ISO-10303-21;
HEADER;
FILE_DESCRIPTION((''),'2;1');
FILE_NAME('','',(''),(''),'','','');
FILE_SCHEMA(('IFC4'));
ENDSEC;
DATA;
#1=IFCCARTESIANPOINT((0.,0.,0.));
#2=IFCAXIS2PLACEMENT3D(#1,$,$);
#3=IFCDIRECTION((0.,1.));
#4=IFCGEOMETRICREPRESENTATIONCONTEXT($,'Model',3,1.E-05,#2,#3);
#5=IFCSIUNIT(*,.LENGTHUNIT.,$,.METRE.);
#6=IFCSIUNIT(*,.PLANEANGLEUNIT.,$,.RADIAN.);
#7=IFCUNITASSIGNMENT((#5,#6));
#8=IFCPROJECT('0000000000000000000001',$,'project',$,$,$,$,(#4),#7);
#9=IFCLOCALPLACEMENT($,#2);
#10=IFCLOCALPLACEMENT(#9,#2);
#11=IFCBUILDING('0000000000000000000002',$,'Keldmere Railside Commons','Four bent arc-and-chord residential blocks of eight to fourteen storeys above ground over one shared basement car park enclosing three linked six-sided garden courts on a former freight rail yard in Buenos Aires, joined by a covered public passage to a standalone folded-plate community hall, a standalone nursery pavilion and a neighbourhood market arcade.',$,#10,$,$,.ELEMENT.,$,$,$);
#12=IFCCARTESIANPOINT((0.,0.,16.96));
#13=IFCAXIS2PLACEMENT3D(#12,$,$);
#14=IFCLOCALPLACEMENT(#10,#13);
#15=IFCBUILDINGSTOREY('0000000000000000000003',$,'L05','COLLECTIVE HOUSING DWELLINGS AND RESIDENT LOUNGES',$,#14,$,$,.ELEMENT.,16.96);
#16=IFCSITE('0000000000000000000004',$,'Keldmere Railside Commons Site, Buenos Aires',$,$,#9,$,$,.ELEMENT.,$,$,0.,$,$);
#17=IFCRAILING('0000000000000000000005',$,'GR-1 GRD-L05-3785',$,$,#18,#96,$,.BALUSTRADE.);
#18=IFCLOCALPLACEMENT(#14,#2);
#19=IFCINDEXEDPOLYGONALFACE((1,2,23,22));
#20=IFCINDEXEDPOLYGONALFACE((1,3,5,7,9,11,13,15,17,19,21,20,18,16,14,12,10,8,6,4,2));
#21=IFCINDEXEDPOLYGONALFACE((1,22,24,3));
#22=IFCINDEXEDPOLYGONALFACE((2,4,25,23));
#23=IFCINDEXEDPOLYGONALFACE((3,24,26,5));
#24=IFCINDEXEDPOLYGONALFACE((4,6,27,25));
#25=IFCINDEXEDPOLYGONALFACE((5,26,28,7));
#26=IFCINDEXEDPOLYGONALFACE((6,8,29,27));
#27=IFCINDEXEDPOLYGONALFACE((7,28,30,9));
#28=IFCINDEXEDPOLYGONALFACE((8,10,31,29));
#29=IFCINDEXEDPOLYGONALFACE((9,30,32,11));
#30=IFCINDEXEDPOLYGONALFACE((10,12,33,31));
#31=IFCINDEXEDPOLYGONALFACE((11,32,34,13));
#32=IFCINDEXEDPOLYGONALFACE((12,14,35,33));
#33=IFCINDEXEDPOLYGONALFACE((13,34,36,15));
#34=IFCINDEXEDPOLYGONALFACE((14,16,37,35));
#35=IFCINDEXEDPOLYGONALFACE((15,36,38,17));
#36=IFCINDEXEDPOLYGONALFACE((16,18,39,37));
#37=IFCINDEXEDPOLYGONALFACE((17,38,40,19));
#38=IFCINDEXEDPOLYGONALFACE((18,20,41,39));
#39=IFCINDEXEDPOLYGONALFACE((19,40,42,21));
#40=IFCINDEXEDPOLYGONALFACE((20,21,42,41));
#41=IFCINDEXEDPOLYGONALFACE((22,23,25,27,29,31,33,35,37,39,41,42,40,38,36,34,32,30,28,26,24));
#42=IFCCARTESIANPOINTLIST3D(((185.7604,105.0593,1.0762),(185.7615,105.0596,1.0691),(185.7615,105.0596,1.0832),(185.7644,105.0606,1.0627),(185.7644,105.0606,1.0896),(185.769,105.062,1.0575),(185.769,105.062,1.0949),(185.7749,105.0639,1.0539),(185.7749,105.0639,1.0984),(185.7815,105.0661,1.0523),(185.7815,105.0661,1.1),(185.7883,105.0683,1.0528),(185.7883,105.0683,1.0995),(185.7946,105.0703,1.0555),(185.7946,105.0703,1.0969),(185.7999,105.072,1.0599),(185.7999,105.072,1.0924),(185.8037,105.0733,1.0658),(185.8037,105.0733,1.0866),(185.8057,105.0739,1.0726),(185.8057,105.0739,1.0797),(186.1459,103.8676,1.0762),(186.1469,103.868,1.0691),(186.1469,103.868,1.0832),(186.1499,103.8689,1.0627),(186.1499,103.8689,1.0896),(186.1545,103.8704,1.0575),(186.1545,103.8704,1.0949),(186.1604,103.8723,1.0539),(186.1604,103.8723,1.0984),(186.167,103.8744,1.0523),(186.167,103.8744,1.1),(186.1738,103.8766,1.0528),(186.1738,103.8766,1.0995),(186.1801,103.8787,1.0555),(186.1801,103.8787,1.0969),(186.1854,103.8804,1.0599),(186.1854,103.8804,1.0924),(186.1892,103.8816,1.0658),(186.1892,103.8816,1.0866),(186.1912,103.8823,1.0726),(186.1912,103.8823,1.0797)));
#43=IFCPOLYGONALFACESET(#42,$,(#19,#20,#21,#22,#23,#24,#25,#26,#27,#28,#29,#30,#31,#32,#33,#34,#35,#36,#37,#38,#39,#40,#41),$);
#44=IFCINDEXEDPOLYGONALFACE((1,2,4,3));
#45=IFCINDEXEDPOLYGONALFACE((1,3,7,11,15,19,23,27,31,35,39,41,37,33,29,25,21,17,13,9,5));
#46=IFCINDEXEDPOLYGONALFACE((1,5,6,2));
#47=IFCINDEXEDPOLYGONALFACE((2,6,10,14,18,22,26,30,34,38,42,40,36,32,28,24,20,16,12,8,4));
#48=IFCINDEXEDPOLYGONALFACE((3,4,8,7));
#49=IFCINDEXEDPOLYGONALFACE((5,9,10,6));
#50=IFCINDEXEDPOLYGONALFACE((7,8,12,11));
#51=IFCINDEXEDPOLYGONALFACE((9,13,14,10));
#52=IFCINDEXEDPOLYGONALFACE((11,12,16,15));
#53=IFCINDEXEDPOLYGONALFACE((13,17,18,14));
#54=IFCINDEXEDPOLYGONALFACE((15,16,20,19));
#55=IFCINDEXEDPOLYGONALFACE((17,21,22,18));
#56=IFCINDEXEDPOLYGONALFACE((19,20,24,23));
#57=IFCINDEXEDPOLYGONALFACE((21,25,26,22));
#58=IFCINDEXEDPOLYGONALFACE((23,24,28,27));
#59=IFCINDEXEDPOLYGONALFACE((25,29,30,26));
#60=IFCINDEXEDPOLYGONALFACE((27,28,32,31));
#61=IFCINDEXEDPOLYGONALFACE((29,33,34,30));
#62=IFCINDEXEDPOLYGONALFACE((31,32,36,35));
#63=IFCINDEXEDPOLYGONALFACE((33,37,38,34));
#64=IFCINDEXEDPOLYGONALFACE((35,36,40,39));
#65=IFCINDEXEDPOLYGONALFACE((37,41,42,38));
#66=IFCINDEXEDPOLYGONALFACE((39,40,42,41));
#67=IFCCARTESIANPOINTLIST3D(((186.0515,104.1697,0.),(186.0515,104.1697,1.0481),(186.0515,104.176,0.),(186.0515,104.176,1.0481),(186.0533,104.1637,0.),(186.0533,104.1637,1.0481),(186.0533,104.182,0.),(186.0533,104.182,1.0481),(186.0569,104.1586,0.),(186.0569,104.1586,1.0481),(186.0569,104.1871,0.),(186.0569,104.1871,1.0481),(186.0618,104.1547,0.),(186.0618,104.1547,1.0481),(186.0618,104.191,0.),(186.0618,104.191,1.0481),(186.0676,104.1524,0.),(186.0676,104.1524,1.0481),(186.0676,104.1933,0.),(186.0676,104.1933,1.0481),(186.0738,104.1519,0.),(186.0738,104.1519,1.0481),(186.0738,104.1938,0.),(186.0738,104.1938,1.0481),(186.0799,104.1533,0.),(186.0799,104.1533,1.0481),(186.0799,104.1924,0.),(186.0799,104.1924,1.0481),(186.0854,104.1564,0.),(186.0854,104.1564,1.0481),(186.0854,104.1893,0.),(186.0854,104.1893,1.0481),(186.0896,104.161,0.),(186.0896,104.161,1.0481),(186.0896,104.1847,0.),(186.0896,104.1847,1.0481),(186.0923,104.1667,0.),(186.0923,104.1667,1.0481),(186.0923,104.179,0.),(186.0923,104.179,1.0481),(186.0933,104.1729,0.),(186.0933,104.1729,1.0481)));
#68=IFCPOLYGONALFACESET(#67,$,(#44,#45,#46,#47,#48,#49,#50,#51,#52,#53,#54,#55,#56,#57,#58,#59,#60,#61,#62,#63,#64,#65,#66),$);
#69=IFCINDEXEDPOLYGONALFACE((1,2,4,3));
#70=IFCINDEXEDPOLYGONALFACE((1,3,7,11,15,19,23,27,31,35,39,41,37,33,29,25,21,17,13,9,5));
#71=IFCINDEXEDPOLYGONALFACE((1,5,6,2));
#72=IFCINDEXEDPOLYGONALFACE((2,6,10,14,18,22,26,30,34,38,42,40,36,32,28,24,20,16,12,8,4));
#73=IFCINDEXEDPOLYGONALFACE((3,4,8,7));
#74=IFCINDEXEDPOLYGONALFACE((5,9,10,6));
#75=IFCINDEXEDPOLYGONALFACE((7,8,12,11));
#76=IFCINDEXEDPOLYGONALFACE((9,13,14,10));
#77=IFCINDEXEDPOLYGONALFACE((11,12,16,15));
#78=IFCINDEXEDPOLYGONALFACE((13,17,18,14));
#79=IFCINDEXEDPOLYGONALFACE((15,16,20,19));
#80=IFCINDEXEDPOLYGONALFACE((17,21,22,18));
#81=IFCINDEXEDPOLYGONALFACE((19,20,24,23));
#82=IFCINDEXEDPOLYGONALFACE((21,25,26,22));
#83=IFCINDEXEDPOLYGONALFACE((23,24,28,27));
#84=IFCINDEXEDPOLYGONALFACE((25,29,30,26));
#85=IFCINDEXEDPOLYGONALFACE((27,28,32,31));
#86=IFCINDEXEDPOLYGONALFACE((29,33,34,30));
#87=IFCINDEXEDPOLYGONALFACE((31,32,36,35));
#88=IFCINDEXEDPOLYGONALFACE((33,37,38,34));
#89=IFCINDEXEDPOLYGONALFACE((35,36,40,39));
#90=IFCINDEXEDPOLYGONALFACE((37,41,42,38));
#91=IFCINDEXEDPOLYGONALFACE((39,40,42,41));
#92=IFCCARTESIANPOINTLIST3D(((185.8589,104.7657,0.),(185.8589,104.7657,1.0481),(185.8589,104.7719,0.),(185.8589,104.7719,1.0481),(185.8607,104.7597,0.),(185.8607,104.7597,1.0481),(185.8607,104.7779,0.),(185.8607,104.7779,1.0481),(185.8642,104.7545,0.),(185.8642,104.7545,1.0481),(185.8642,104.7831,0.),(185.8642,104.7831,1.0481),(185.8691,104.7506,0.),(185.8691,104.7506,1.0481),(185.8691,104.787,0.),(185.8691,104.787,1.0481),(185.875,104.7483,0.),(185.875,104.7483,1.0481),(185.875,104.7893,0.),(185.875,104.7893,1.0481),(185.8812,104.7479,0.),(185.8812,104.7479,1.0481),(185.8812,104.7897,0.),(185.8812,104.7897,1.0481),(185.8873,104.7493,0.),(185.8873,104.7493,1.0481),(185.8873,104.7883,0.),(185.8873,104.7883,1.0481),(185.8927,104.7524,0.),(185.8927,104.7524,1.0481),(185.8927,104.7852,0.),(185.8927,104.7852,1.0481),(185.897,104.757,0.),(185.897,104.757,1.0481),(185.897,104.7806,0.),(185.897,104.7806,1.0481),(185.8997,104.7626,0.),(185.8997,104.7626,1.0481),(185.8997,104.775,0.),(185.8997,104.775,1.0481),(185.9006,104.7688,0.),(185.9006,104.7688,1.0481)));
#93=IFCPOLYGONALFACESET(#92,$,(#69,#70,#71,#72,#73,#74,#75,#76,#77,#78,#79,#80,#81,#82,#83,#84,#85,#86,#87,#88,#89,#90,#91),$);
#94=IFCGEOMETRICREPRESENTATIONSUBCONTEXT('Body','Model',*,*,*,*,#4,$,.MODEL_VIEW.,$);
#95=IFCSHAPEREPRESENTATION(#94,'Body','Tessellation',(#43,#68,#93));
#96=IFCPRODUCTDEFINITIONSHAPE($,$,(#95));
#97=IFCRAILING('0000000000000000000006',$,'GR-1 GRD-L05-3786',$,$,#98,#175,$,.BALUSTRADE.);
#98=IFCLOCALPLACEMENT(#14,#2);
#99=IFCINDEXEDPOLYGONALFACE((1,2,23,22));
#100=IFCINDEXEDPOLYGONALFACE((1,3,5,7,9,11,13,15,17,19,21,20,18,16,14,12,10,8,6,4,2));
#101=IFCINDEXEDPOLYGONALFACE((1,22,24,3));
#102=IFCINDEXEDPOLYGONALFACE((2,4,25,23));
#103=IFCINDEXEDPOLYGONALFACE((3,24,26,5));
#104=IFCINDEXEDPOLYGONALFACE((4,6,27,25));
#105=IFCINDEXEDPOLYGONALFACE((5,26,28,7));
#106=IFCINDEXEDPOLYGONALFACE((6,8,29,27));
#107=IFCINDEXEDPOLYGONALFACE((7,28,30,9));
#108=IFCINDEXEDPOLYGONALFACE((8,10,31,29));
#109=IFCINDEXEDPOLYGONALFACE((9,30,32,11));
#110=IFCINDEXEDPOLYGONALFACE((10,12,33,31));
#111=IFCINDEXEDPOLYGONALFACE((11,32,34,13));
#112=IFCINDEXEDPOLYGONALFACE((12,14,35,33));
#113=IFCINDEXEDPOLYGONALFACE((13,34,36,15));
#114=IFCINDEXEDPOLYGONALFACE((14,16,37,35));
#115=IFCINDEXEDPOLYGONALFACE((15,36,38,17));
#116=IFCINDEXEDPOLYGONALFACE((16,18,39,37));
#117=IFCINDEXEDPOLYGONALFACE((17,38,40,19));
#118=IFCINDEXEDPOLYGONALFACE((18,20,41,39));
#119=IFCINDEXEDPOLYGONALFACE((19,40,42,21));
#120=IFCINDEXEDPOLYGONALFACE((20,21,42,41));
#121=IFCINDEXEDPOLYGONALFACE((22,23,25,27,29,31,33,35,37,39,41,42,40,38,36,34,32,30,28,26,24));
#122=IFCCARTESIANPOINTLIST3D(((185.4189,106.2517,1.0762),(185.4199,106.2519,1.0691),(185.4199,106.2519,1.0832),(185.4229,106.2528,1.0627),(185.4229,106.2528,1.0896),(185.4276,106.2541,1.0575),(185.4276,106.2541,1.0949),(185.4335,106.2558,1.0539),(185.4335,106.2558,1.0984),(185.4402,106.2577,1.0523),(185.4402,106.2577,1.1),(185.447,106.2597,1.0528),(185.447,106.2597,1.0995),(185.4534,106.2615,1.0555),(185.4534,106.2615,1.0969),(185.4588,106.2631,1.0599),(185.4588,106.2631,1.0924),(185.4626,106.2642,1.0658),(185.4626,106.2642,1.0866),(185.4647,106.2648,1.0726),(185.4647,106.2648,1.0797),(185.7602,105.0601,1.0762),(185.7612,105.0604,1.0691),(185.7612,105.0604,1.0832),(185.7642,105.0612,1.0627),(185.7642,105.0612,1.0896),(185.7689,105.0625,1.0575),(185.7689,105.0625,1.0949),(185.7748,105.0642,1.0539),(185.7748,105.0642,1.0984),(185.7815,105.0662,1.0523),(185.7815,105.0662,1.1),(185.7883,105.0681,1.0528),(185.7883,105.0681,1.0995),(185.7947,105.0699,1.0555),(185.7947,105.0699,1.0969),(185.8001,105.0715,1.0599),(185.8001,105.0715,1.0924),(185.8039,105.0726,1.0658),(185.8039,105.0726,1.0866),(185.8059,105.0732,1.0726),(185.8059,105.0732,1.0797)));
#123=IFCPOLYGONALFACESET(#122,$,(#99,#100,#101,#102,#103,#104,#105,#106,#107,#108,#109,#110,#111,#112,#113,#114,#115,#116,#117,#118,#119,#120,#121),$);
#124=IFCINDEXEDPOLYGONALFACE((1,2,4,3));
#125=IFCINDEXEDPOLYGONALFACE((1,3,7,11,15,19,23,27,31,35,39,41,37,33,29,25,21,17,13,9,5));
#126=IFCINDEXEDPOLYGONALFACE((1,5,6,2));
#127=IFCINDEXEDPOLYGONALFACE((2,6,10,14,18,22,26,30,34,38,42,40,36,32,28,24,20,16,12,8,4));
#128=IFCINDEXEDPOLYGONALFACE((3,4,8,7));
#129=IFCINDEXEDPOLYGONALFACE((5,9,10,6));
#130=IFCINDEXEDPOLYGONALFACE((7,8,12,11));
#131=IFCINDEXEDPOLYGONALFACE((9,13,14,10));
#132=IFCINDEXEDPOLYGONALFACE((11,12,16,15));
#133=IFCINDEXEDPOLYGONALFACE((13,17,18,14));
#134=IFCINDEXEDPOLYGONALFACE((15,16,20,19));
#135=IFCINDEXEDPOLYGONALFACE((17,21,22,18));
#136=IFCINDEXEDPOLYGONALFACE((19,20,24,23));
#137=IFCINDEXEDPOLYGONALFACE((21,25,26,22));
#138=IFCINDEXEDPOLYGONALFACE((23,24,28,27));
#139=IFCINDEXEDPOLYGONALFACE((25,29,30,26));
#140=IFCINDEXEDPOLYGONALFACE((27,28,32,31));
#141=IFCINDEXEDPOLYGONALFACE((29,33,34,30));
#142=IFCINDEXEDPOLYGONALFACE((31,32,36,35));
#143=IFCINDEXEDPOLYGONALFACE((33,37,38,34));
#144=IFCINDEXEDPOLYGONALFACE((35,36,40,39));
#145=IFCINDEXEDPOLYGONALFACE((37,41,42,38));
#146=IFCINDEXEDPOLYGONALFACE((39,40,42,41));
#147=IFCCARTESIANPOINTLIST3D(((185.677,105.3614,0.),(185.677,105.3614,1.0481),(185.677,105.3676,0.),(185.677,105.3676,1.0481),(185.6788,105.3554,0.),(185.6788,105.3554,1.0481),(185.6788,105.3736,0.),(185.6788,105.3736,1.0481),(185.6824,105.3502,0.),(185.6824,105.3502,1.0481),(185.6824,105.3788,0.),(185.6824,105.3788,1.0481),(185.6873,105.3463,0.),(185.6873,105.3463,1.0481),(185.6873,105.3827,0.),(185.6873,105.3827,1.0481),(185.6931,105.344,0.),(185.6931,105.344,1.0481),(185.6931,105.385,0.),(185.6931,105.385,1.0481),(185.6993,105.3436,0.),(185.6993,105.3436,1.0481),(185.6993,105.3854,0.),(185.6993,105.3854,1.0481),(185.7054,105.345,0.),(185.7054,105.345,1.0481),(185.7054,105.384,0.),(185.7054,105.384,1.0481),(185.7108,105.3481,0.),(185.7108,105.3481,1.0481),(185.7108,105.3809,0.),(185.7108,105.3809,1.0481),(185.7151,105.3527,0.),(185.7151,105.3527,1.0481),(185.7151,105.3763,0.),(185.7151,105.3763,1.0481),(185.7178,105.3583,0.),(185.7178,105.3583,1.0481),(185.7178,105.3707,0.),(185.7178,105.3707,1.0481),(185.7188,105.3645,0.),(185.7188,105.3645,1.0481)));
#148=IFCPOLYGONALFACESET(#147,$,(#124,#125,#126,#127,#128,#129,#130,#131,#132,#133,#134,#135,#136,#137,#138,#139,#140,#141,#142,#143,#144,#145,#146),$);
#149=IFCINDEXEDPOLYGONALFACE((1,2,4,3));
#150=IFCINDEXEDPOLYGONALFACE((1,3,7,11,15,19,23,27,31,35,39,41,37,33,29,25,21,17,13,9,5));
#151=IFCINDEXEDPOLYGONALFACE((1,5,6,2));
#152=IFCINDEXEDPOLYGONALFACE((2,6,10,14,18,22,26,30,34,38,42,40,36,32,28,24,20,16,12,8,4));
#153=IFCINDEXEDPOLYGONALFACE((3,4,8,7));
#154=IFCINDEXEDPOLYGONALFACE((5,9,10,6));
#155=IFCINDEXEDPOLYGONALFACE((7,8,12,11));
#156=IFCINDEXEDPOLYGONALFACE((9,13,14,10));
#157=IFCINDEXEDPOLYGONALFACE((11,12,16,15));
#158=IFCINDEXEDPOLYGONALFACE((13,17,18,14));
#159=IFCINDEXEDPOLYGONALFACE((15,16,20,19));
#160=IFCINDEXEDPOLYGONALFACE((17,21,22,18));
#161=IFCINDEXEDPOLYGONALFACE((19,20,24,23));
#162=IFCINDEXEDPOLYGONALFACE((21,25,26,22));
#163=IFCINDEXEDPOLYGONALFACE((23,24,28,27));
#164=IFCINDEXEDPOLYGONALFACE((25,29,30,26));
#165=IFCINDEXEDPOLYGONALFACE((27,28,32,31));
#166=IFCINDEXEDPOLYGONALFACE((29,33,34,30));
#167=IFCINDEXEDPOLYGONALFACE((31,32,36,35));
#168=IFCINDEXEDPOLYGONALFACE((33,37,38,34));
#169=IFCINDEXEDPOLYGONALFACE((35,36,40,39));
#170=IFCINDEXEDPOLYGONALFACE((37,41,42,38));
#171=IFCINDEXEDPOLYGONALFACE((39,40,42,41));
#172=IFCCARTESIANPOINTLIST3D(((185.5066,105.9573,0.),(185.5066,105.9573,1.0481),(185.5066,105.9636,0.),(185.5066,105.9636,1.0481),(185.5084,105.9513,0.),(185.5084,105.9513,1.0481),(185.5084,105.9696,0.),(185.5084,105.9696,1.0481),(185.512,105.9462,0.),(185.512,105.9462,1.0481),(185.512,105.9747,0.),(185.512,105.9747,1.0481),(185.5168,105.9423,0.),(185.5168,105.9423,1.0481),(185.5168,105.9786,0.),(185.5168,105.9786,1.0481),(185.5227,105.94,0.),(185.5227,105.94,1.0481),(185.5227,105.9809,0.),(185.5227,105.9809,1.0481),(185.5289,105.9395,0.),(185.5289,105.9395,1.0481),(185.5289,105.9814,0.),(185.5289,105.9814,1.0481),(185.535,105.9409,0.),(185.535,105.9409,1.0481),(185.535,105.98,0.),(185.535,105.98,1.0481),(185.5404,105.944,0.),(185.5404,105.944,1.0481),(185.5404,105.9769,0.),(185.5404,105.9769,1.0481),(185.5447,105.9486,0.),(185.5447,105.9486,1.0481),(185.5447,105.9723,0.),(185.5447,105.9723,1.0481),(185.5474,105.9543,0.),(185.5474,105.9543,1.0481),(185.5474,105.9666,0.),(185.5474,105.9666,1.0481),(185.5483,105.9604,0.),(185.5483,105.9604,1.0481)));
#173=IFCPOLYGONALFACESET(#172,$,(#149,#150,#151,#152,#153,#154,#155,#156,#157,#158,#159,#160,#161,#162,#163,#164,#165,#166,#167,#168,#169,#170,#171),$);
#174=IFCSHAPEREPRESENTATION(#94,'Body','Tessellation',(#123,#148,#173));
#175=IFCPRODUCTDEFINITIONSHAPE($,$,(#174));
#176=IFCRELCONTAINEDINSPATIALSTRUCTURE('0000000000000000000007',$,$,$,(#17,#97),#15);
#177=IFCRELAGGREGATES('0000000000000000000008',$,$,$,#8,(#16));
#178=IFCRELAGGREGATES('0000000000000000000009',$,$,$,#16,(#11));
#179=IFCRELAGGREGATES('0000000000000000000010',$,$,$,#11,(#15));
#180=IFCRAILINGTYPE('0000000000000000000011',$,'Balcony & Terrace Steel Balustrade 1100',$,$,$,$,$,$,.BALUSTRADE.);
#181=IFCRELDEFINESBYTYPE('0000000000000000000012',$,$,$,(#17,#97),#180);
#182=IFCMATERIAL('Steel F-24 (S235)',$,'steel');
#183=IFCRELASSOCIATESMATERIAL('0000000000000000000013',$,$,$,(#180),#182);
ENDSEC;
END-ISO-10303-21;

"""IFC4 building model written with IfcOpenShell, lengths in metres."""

from ifc_helpers import new_model, si_unit, direction, frame, origin, origin_2d, place, context, subcontext, project, spatial, circle, extrude, material, type_object, element, save


model = new_model("IFC4")

# Units and contexts
model_context = context("Model", 3, precision=1e-05, world=origin(), true_north=direction((0.0, 1.0)))
body_context = subcontext(model_context, "Body", "Model", "MODEL_VIEW")
ifc_project = project(units=[si_unit("LENGTHUNIT", "METRE"), si_unit("PLANEANGLEUNIT", "RADIAN")], contexts=[model_context])

# Site, building, storey
site_placement = place(None, origin())
site = spatial("IfcSite", under=ifc_project, at=site_placement, Name="Keldmere Railside Commons Site, Buenos Aires", CompositionType="ELEMENT", RefElevation=0.0)
building_placement = place(site_placement, origin())
building = spatial("IfcBuilding", under=site, at=building_placement, Name="Keldmere Railside Commons", Description="Four bent arc-and-chord residential blocks of eight to fourteen storeys above ground over one shared basement car park enclosing three linked six-sided garden courts on a former freight rail yard in Buenos Aires, joined by a covered public passage to a standalone folded-plate community hall, a standalone nursery pavilion and a neighbourhood market arcade.", CompositionType="ELEMENT")
storey_placement = place(building_placement, frame((0.0, 0.0, 16.96)))
storey = spatial("IfcBuildingStorey", under=building, at=storey_placement, Name="L05", Description="COLLECTIVE HOUSING DWELLINGS AND RESIDENT LOUNGES", CompositionType="ELEMENT", Elevation=16.96)

# Railings
ifc_material_1 = material(Name="Steel F-24 (S235)", Category="steel")
railing_type = type_object("IfcRailingType", Name="Balcony & Terrace Steel Balustrade 1100", PredefinedType="BALUSTRADE", material=ifc_material_1)
railing_1_placement = place(storey_placement, frame((186.1687, 103.875, 0.0)))
element("IfcRailing", 1, at=railing_1_placement, inside=storey, type_object=railing_type, Name="GR-1 GRD-L05-3785", PredefinedType="BALUSTRADE", context=body_context, shape_type="SweptSolid", body=[
    extrude(circle(Radius=0.0239, at=origin_2d()), frame((0.0, 0.0, 1.0762), z_axis=(-0.307794, 0.951453, 0.0), x_axis=(-0.951453, -0.307794, 0.0)), (0.0, 0.0, 1.0), 1.2524),
    extrude(circle(Radius=0.021, at=origin_2d()), frame((-0.0964, 0.2979, 0.0)), (0.0, 0.0, 1.0), 1.0481),
    extrude(circle(Radius=0.021, at=origin_2d()), frame((-0.2891, 0.8938, 0.0)), (0.0, 0.0, 1.0), 1.0481),
])
railing_2_placement = place(storey_placement, frame((185.7832, 105.0667, 0.0)))
element("IfcRailing", 2, at=railing_2_placement, inside=storey, type_object=railing_type, Name="GR-1 GRD-L05-3786", PredefinedType="BALUSTRADE", context=body_context, shape_type="SweptSolid", body=[
    extrude(circle(Radius=0.0239, at=origin_2d()), frame((0.0, 0.0, 1.0762), z_axis=(-0.275345, 0.961345, 0.0), x_axis=(-0.961345, -0.275345, 0.0)), (0.0, 0.0, 1.0), 1.2395),
    extrude(circle(Radius=0.021, at=origin_2d()), frame((-0.0854, 0.2979, 0.0)), (0.0, 0.0, 1.0), 1.0481),
    extrude(circle(Radius=0.021, at=origin_2d()), frame((-0.2559, 0.8938, 0.0)), (0.0, 0.0, 1.0), 1.0481),
])

save(model, "model.ifc")
